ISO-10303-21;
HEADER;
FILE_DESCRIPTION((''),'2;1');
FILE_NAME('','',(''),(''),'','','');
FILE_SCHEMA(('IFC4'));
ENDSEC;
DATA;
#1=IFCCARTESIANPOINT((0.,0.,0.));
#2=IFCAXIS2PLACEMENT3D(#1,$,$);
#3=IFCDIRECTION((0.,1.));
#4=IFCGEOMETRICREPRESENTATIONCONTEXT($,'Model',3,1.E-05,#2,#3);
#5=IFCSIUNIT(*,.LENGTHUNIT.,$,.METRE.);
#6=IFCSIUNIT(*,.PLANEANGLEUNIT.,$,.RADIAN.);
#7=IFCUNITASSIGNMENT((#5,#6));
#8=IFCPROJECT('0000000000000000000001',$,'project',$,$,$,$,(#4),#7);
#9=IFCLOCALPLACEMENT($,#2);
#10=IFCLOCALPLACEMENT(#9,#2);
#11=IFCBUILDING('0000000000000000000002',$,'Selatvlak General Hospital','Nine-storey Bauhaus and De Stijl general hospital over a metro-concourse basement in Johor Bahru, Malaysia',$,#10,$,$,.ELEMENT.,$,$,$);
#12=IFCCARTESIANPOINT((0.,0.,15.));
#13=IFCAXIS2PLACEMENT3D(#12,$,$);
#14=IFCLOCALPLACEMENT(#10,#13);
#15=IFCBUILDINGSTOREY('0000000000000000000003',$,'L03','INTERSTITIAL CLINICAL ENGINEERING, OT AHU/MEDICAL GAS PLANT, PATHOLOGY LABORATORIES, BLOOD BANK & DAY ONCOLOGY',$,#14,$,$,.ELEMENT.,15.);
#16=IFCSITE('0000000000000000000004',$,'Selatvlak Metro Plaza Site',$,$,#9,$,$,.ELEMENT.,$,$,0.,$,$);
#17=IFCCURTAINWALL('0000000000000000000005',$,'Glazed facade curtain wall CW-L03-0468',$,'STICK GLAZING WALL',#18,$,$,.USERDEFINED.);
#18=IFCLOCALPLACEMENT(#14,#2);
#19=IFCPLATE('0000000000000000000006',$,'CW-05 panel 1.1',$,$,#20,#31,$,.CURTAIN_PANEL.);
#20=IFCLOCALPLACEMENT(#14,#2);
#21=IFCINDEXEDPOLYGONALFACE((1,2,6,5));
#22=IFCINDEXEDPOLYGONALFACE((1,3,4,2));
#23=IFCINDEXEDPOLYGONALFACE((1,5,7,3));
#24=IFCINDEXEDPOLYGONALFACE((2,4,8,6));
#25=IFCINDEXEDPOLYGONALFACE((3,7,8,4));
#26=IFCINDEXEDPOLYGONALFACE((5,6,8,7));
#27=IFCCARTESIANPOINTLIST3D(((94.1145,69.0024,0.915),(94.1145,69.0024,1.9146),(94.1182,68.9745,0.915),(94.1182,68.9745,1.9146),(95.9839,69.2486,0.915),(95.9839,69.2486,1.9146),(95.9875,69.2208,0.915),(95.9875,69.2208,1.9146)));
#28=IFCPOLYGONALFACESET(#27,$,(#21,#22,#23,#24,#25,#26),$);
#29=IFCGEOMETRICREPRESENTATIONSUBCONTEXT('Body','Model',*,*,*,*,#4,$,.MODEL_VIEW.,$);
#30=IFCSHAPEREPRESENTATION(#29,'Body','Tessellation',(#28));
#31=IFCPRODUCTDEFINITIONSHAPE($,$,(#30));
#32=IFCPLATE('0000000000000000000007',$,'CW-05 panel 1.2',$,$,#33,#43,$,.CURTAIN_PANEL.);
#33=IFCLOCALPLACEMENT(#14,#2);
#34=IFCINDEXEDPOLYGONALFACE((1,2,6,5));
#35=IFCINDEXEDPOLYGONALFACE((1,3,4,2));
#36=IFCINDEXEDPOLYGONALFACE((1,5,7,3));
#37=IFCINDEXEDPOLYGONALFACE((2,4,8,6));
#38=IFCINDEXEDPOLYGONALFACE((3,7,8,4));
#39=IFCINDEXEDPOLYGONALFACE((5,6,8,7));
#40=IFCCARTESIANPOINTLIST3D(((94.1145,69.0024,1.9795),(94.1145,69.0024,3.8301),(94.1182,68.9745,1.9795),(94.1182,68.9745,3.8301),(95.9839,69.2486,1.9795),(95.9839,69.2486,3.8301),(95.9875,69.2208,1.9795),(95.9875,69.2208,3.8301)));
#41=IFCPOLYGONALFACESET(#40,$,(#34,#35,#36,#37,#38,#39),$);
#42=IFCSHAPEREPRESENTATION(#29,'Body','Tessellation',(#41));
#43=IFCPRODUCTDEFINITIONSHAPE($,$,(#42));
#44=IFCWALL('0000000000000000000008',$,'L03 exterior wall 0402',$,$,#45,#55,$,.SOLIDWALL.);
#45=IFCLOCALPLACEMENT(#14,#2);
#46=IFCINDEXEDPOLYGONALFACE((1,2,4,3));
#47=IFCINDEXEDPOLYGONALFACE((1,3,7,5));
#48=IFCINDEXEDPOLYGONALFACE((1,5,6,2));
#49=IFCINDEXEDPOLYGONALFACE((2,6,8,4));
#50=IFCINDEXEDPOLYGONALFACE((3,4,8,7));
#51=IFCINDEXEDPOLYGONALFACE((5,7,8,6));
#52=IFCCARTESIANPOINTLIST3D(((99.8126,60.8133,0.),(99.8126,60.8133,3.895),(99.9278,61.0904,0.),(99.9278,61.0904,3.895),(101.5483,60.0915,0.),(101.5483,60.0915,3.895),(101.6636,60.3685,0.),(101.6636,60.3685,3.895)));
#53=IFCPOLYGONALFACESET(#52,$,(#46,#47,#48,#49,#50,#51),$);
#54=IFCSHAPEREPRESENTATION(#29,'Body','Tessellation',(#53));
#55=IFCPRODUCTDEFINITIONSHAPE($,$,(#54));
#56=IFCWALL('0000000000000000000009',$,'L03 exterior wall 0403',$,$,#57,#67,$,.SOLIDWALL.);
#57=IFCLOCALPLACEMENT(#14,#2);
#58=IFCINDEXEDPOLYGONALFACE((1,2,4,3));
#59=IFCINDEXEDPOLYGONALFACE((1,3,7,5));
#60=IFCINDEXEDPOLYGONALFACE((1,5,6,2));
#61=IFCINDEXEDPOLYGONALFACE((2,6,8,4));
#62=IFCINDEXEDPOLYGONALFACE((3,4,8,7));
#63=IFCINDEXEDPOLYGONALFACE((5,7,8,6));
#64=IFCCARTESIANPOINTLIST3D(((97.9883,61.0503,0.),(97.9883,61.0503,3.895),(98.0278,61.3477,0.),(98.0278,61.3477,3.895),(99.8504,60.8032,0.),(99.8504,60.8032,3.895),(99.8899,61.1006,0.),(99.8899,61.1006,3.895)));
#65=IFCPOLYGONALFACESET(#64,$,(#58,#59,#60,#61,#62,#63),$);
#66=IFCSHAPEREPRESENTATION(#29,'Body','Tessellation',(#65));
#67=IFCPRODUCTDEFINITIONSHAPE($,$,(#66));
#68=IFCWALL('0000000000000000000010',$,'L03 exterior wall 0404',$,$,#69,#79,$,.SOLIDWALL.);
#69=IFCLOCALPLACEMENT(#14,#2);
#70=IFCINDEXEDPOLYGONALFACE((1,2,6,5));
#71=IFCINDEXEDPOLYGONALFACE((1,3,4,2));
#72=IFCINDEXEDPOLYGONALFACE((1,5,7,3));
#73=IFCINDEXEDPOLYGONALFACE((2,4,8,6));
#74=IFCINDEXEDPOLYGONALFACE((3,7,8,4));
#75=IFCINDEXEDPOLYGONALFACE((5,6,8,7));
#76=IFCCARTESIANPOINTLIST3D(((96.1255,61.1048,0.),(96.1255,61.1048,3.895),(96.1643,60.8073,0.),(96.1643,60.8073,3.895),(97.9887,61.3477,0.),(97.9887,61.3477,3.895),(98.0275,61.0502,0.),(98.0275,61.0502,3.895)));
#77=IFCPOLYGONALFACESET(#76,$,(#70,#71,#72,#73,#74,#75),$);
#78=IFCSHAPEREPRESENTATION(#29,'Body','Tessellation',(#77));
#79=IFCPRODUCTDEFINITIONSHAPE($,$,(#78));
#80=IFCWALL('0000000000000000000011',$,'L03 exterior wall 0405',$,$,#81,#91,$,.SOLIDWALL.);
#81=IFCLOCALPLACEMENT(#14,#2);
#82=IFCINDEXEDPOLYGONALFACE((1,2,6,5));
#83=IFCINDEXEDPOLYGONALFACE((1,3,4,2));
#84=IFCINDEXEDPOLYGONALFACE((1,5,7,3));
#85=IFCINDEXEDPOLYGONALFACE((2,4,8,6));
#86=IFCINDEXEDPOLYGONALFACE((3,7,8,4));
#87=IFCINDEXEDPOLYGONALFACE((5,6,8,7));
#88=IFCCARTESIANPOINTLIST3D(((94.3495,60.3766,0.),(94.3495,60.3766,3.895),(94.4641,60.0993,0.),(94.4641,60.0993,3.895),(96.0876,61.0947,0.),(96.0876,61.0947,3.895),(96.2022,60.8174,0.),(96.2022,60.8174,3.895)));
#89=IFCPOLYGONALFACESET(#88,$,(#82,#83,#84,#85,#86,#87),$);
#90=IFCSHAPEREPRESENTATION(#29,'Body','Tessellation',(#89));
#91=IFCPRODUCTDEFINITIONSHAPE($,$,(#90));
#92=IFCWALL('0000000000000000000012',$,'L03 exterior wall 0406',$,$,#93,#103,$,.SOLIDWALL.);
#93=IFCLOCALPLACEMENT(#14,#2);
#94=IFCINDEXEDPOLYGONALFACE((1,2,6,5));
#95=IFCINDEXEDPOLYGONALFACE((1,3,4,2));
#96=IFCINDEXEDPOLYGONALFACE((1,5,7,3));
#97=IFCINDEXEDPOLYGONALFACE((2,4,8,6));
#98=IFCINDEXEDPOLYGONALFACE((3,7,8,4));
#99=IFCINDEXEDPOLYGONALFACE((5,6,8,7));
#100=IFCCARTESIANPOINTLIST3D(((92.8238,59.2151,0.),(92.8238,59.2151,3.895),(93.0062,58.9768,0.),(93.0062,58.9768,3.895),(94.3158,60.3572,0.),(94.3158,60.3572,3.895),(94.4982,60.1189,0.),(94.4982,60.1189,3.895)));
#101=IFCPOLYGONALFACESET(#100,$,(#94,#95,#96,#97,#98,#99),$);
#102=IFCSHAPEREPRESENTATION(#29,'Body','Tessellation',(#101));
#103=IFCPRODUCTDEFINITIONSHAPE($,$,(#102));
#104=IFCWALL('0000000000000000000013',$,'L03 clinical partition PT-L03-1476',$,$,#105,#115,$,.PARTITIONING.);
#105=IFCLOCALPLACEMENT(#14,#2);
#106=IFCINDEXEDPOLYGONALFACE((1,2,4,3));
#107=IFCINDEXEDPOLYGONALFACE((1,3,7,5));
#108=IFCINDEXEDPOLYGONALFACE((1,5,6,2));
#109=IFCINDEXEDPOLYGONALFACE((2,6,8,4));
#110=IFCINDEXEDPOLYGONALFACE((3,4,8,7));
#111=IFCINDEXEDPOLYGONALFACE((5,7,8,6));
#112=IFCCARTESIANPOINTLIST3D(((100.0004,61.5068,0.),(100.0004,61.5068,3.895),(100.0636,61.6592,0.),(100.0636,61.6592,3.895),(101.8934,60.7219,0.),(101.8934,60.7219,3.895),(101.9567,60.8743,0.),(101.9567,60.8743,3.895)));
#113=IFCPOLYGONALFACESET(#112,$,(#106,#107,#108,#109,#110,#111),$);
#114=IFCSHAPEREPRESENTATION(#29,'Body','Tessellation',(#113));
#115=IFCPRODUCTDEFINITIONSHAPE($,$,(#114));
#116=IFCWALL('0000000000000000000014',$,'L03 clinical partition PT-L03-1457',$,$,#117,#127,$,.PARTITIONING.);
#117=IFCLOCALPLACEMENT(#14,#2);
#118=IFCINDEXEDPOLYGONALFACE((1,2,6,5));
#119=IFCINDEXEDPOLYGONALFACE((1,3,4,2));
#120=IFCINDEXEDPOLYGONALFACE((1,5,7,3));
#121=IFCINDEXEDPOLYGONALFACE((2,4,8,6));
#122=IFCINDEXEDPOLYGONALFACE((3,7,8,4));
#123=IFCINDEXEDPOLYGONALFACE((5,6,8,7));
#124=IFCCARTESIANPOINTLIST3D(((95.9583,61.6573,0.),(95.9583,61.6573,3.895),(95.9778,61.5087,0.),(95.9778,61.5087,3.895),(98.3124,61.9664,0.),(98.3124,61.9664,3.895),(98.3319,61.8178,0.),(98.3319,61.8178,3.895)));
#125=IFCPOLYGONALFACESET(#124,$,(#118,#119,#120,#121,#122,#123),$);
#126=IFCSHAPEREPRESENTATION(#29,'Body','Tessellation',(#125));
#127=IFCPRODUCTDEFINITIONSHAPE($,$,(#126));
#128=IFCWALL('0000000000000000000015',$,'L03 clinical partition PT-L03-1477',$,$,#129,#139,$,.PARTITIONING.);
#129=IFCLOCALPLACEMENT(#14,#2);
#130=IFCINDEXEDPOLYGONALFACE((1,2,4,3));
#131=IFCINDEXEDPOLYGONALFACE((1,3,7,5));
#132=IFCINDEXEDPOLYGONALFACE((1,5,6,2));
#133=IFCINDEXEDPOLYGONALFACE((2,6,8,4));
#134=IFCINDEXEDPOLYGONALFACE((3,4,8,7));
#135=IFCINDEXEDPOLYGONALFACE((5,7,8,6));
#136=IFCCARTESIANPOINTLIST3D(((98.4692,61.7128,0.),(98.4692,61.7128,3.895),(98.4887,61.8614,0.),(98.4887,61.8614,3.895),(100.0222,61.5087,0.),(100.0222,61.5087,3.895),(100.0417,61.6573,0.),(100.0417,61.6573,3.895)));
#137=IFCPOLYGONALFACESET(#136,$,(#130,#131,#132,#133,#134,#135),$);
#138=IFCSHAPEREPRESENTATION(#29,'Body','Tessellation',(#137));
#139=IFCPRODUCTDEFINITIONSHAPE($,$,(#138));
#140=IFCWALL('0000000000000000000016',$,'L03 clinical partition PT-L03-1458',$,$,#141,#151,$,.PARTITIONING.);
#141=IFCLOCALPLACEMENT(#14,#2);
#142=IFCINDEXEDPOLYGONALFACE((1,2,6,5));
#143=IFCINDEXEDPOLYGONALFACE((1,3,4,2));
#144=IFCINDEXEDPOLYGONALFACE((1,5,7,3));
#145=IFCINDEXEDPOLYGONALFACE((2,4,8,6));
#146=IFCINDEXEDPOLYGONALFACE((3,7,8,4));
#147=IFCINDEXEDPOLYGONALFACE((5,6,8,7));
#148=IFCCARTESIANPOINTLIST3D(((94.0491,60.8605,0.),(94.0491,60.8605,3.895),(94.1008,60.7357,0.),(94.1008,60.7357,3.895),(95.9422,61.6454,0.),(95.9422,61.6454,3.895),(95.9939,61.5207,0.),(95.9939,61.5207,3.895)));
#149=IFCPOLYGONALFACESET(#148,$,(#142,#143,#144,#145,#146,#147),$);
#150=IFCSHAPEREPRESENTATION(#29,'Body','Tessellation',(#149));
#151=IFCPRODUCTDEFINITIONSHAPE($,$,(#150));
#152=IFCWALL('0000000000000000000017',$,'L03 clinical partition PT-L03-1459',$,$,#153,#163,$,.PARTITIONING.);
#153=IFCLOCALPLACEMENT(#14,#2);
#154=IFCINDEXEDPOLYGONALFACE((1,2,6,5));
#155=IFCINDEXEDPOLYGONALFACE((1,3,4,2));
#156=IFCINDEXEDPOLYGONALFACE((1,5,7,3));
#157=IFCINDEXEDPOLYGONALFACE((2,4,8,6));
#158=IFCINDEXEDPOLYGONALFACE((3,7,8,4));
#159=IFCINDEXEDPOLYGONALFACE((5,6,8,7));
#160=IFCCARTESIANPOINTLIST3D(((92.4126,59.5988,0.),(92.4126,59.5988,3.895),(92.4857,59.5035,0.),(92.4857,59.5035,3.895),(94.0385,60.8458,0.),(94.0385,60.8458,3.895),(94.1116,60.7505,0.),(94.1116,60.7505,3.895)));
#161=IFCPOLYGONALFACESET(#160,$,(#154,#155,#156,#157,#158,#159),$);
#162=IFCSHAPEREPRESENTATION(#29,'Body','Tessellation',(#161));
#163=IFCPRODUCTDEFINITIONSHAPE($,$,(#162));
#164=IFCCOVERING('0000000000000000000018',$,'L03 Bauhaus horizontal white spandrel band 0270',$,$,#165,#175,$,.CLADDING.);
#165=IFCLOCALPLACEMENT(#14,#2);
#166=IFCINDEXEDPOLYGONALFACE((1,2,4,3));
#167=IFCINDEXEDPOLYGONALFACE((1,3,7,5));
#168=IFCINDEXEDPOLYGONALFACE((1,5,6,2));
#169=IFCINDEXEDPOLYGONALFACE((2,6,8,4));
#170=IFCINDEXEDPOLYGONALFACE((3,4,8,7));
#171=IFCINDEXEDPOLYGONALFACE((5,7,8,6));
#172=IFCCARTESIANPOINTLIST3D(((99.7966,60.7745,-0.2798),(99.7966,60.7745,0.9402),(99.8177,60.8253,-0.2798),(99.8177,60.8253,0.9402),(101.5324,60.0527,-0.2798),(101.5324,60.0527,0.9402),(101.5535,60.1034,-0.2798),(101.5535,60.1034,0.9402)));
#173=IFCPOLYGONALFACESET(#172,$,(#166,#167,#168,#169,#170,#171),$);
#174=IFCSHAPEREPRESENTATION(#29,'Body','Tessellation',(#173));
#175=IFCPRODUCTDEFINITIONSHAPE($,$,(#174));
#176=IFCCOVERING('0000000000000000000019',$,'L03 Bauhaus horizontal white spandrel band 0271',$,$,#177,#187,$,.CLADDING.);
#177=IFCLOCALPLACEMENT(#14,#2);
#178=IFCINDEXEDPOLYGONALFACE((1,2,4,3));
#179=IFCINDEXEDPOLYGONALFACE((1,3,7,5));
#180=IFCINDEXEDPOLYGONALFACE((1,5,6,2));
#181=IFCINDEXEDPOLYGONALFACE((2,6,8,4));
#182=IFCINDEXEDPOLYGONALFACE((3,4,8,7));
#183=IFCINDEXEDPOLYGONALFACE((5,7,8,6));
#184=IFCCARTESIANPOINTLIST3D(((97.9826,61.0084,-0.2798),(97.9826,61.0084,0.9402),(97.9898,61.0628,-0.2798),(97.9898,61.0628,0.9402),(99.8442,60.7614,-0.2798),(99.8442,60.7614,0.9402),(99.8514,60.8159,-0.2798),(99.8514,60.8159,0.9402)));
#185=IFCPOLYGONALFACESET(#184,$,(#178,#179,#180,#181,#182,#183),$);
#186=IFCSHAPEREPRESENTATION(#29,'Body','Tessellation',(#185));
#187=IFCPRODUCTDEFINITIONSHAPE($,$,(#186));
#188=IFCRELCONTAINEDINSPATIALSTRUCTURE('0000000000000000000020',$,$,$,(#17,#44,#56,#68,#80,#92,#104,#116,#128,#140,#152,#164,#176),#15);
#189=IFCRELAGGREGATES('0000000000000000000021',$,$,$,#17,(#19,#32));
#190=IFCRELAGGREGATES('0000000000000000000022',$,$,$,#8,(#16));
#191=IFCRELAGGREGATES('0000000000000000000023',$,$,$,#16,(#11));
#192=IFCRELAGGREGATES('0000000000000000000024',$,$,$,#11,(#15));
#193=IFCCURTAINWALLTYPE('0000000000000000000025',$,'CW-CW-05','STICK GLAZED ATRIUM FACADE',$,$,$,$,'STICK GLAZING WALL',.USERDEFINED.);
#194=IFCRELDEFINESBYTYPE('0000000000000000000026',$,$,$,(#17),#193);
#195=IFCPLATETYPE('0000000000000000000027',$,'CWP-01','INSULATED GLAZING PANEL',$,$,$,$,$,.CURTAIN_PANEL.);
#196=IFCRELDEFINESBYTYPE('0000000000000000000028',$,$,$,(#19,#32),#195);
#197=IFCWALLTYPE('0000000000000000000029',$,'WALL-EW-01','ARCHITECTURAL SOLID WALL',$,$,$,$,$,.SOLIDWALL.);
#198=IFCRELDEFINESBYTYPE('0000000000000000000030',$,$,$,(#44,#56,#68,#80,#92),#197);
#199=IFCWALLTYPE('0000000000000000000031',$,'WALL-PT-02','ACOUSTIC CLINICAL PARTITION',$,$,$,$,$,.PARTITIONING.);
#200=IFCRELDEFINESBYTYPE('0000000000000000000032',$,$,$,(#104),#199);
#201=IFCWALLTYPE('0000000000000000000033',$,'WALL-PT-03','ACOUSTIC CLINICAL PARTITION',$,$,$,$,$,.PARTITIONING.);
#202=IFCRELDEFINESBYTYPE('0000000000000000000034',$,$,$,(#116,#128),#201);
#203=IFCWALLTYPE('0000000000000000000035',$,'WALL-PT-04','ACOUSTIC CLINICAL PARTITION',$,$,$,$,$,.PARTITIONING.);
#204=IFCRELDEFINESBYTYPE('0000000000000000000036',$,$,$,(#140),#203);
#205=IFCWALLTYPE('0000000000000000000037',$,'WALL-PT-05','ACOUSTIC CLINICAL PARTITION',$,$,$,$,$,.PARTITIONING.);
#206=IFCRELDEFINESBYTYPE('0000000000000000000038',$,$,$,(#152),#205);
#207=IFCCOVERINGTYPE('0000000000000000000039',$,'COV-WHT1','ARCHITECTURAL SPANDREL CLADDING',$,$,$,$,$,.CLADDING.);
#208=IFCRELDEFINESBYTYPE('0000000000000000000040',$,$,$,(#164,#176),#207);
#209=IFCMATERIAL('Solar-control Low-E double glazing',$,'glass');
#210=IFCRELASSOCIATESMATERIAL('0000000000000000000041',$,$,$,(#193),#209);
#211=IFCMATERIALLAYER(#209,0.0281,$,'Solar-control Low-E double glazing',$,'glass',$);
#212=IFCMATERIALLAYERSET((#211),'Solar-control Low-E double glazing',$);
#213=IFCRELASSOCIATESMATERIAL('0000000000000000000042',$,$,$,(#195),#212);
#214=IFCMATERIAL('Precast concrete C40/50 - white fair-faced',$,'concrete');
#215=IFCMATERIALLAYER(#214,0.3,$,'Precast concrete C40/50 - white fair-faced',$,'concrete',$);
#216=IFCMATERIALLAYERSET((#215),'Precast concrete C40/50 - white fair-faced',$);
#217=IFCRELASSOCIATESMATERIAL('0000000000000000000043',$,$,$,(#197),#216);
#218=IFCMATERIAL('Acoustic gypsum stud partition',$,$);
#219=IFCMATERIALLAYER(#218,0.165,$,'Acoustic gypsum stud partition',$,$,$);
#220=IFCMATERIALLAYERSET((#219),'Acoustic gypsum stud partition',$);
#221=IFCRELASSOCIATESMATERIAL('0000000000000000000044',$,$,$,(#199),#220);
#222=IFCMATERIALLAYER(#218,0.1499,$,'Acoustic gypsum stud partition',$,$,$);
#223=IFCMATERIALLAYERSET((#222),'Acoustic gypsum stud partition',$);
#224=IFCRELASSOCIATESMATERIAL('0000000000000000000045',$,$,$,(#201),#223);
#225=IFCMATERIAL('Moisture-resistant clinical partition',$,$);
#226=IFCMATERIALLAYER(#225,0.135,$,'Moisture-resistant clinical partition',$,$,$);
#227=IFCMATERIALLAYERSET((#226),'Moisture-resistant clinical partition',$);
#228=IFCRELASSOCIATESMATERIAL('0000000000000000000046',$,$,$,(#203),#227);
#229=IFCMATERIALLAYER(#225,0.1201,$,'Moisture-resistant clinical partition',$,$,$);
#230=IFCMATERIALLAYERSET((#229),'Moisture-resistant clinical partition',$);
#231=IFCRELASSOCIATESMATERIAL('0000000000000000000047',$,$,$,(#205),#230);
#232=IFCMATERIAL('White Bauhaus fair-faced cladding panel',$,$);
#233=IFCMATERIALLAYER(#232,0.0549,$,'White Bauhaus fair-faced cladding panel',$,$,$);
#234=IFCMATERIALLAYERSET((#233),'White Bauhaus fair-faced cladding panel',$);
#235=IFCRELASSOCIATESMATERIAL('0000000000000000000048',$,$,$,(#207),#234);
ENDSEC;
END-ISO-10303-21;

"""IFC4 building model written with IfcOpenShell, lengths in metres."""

from ifc_helpers import new_model, si_unit, direction, frame, frame_2d, origin, origin_2d, place, context, subcontext, project, spatial, rectangle, extrude, material, layer, layer_set, type_object, element, aggregate, save


model = new_model("IFC4")

# Units and contexts
model_context = context("Model", 3, precision=1e-05, world=origin(), true_north=direction((0.0, 1.0)))
body_context = subcontext(model_context, "Body", "Model", "MODEL_VIEW")
ifc_project = project(units=[si_unit("LENGTHUNIT", "METRE"), si_unit("PLANEANGLEUNIT", "RADIAN")], contexts=[model_context])

# Site, building, storey
site_placement = place(None, origin())
site = spatial("IfcSite", under=ifc_project, at=site_placement, Name="Selatvlak Metro Plaza Site", CompositionType="ELEMENT", RefElevation=0.0)
building_placement = place(site_placement, origin())
building = spatial("IfcBuilding", under=site, at=building_placement, Name="Selatvlak General Hospital", Description="Nine-storey Bauhaus and De Stijl general hospital over a metro-concourse basement in Johor Bahru, Malaysia", CompositionType="ELEMENT")
storey_placement = place(building_placement, frame((0.0, 0.0, 15.0)))
storey = spatial("IfcBuildingStorey", under=building, at=storey_placement, Name="L03", Description="INTERSTITIAL CLINICAL ENGINEERING, OT AHU/MEDICAL GAS PLANT, PATHOLOGY LABORATORIES, BLOOD BANK & DAY ONCOLOGY", CompositionType="ELEMENT", Elevation=15.0)

# Shared definitions
ifc_material_1 = material(Name="Solar-control Low-E double glazing", Category="glass")

# Curtain wall
curtain_wall_type_1 = type_object("IfcCurtainWallType", Name="CW-CW-05", Description="STICK GLAZED ATRIUM FACADE", ElementType="STICK GLAZING WALL", PredefinedType="USERDEFINED", material=ifc_material_1)
curtain_wall_1_placement = place(storey_placement, origin())
curtain_wall_1 = element("IfcCurtainWall", 1, at=curtain_wall_1_placement, inside=storey, type_object=curtain_wall_type_1, Name="Glazed facade curtain wall CW-L03-0468", ObjectType="STICK GLAZING WALL", PredefinedType="USERDEFINED")

# Plates
ifc_layer_1 = layer(ifc_material_1, 0.0281, Name="Solar-control Low-E double glazing", Category="glass")
ifc_layer_set_1 = layer_set([ifc_layer_1], Name="Solar-control Low-E double glazing")
plate_type = type_object("IfcPlateType", Name="CWP-01", Description="INSULATED GLAZING PANEL", PredefinedType="CURTAIN_PANEL", material=ifc_layer_set_1)
plate_1_placement = place(storey_placement, frame((95.051, 69.1116, 0.915), z_axis=(0.0, 0.0, 1.0), x_axis=(0.991434, 0.130611, 0.0)))
plate_1 = element("IfcPlate", 2, at=plate_1_placement, type_object=plate_type, Name="CW-05 panel 1.1", PredefinedType="CURTAIN_PANEL", context=body_context, shape_type="SweptSolid", body=[
    extrude(rectangle(XDim=1.8855, YDim=0.0281, at=origin_2d()), origin(), (0.0, 0.0, 1.0), 0.9995),
])
plate_2_placement = place(storey_placement, frame((95.051, 69.1116, 1.9795), z_axis=(0.0, 0.0, 1.0), x_axis=(0.991434, 0.130611, 0.0)))
plate_2 = element("IfcPlate", 3, at=plate_2_placement, type_object=plate_type, Name="CW-05 panel 1.2", PredefinedType="CURTAIN_PANEL", context=body_context, shape_type="SweptSolid", body=[
    extrude(rectangle(XDim=1.8855, YDim=0.0281, at=origin_2d()), origin(), (0.0, 0.0, 1.0), 1.8506),
])
aggregate(curtain_wall_1, [plate_1, plate_2])

# Walls
ifc_material_2 = material(Name="Precast concrete C40/50 - white fair-faced", Category="concrete")
ifc_layer_2 = layer(ifc_material_2, 0.3, Name="Precast concrete C40/50 - white fair-faced", Category="concrete")
ifc_layer_set_2 = layer_set([ifc_layer_2], Name="Precast concrete C40/50 - white fair-faced")
wall_type_1 = type_object("IfcWallType", Name="WALL-EW-01", Description="ARCHITECTURAL SOLID WALL", PredefinedType="SOLIDWALL", material=ifc_layer_set_2)
wall_1_placement = place(storey_placement, frame((101.606, 60.23, 0.0), z_axis=(0.0, 0.0, 1.0), x_axis=(-0.92333, 0.384007, 0.0)))
element("IfcWall", 4, at=wall_1_placement, inside=storey, type_object=wall_type_1, Name="L03 exterior wall 0402", PredefinedType="SOLIDWALL", context=body_context, shape_type="SweptSolid", body=[
    extrude(rectangle(XDim=1.8799, YDim=0.3, at=frame_2d((0.9399, 0.0))), origin(), (0.0, 0.0, 1.0), 3.895),
])
wall_2_placement = place(storey_placement, frame((99.8701, 60.9519, 0.0), z_axis=(0.0, 0.0, 1.0), x_axis=(-0.991312, 0.131534, 0.0)))
element("IfcWall", 5, at=wall_2_placement, inside=storey, type_object=wall_type_1, Name="L03 exterior wall 0403", PredefinedType="SOLIDWALL", context=body_context, shape_type="SweptSolid", body=[
    extrude(rectangle(XDim=1.8784, YDim=0.3, at=frame_2d((0.9392, 0.0))), origin(), (0.0, 0.0, 1.0), 3.895),
])
wall_3_placement = place(storey_placement, frame((98.0081, 61.199, 0.0), z_axis=(0.0, 0.0, 1.0), x_axis=(-0.991606, -0.129295, 0.0)))
element("IfcWall", 6, at=wall_3_placement, inside=storey, type_object=wall_type_1, Name="L03 exterior wall 0404", PredefinedType="SOLIDWALL", context=body_context, shape_type="SweptSolid", body=[
    extrude(rectangle(XDim=1.8789, YDim=0.3, at=frame_2d((0.9395, 0.0))), origin(), (0.0, 0.0, 1.0), 3.895),
])
wall_4_placement = place(storey_placement, frame((96.145, 60.9561, 0.0), z_axis=(0.0, 0.0, 1.0), x_axis=(-0.924237, -0.38182, 0.0)))
element("IfcWall", 7, at=wall_4_placement, inside=storey, type_object=wall_type_1, Name="L03 exterior wall 0405", PredefinedType="SOLIDWALL", context=body_context, shape_type="SweptSolid", body=[
    extrude(rectangle(XDim=1.8806, YDim=0.3, at=frame_2d((0.9404, 0.0))), origin(), (0.0, 0.0, 1.0), 3.895),
])
wall_5_placement = place(storey_placement, frame((94.407, 60.238, 0.0), z_axis=(0.0, 0.0, 1.0), x_axis=(-0.794052, -0.60785, 0.0)))
element("IfcWall", 8, at=wall_5_placement, inside=storey, type_object=wall_type_1, Name="L03 exterior wall 0406", PredefinedType="SOLIDWALL", context=body_context, shape_type="SweptSolid", body=[
    extrude(rectangle(XDim=1.8789, YDim=0.3, at=frame_2d((0.9395, 0.0))), origin(), (0.0, 0.0, 1.0), 3.895),
])
ifc_material_3 = material(Name="Acoustic gypsum stud partition")
ifc_layer_3 = layer(ifc_material_3, 0.165, Name="Acoustic gypsum stud partition")
ifc_layer_set_3 = layer_set([ifc_layer_3], Name="Acoustic gypsum stud partition")
wall_type_2 = type_object("IfcWallType", Name="WALL-PT-02", Description="ACOUSTIC CLINICAL PARTITION", PredefinedType="PARTITIONING", material=ifc_layer_set_3)
wall_6_placement = place(storey_placement, frame((101.925, 60.7981, 0.0), z_axis=(0.0, 0.0, 1.0), x_axis=(-0.923745, 0.383008, 0.0)))
element("IfcWall", 9, at=wall_6_placement, inside=storey, type_object=wall_type_2, Name="L03 clinical partition PT-L03-1476", PredefinedType="PARTITIONING", context=body_context, shape_type="SweptSolid", body=[
    extrude(rectangle(XDim=2.0493, YDim=0.165, at=frame_2d((1.0247, 0.0))), origin(), (0.0, 0.0, 1.0), 3.895),
])
ifc_layer_4 = layer(ifc_material_3, 0.1499, Name="Acoustic gypsum stud partition")
ifc_layer_set_4 = layer_set([ifc_layer_4], Name="Acoustic gypsum stud partition")
wall_type_3 = type_object("IfcWallType", Name="WALL-PT-03", Description="ACOUSTIC CLINICAL PARTITION", PredefinedType="PARTITIONING", material=ifc_layer_set_4)
wall_7_placement = place(storey_placement, frame((98.322, 61.8921, 0.0), z_axis=(0.0, 0.0, 1.0), x_axis=(-0.99149, -0.130183, 0.0)))
element("IfcWall", 10, at=wall_7_placement, inside=storey, type_object=wall_type_3, Name="L03 clinical partition PT-L03-1457", PredefinedType="PARTITIONING", context=body_context, shape_type="SweptSolid", body=[
    extrude(rectangle(XDim=2.3743, YDim=0.1499, at=frame_2d((1.187, 0.0))), origin(), (0.0, 0.0, 1.0), 3.895),
])
wall_8_placement = place(storey_placement, frame((100.032, 61.583, 0.0), z_axis=(0.0, 0.0, 1.0), x_axis=(-0.991474, 0.130305, 0.0)))
element("IfcWall", 11, at=wall_8_placement, inside=storey, type_object=wall_type_3, Name="L03 clinical partition PT-L03-1477", PredefinedType="PARTITIONING", context=body_context, shape_type="SweptSolid", body=[
    extrude(rectangle(XDim=1.5664, YDim=0.1499, at=frame_2d((0.7832, 0.0))), origin(), (0.0, 0.0, 1.0), 3.895),
])
ifc_material_4 = material(Name="Moisture-resistant clinical partition")
ifc_layer_5 = layer(ifc_material_4, 0.135, Name="Moisture-resistant clinical partition")
ifc_layer_set_5 = layer_set([ifc_layer_5], Name="Moisture-resistant clinical partition")
wall_type_4 = type_object("IfcWallType", Name="WALL-PT-04", Description="ACOUSTIC CLINICAL PARTITION", PredefinedType="PARTITIONING", material=ifc_layer_set_5)
wall_9_placement = place(storey_placement, frame((95.968, 61.583, 0.0), z_axis=(0.0, 0.0, 1.0), x_axis=(-0.923745, -0.383008, 0.0)))
element("IfcWall", 12, at=wall_9_placement, inside=storey, type_object=wall_type_4, Name="L03 clinical partition PT-L03-1458", PredefinedType="PARTITIONING", context=body_context, shape_type="SweptSolid", body=[
    extrude(rectangle(XDim=2.0493, YDim=0.135, at=frame_2d((1.0247, 0.0))), origin(), (0.0, 0.0, 1.0), 3.895),
])
ifc_layer_6 = layer(ifc_material_4, 0.1201, Name="Moisture-resistant clinical partition")
ifc_layer_set_6 = layer_set([ifc_layer_6], Name="Moisture-resistant clinical partition")
wall_type_5 = type_object("IfcWallType", Name="WALL-PT-05", Description="ACOUSTIC CLINICAL PARTITION", PredefinedType="PARTITIONING", material=ifc_layer_set_6)
wall_10_placement = place(storey_placement, frame((94.075, 60.7981, 0.0), z_axis=(0.0, 0.0, 1.0), x_axis=(-0.793491, -0.608582, 0.0)))
element("IfcWall", 13, at=wall_10_placement, inside=storey, type_object=wall_type_5, Name="L03 clinical partition PT-L03-1459", PredefinedType="PARTITIONING", context=body_context, shape_type="SweptSolid", body=[
    extrude(rectangle(XDim=2.0491, YDim=0.1201, at=frame_2d((1.0244, 0.0))), origin(), (0.0, 0.0, 1.0), 3.895),
])

# Coverings
ifc_material_5 = material(Name="White Bauhaus fair-faced cladding panel")
ifc_layer_7 = layer(ifc_material_5, 0.0549, Name="White Bauhaus fair-faced cladding panel")
ifc_layer_set_7 = layer_set([ifc_layer_7], Name="White Bauhaus fair-faced cladding panel")
covering_type = type_object("IfcCoveringType", Name="COV-WHT1", Description="ARCHITECTURAL SPANDREL CLADDING", PredefinedType="CLADDING", material=ifc_layer_set_7)
covering_1_placement = place(storey_placement, frame((100.675, 60.439, -0.2798), z_axis=(0.0, 0.0, 1.0), x_axis=(-0.923331, 0.384005, 0.0)))
element("IfcCovering", 14, at=covering_1_placement, inside=storey, type_object=covering_type, Name="L03 Bauhaus horizontal white spandrel band 0270", PredefinedType="CLADDING", context=body_context, shape_type="SweptSolid", body=[
    extrude(rectangle(XDim=1.8799, YDim=0.0549, at=origin_2d()), origin(), (0.0, 0.0, 1.0), 1.22),
])
covering_2_placement = place(storey_placement, frame((98.917, 60.9121, -0.2798), z_axis=(0.0, 0.0, 1.0), x_axis=(-0.991317, 0.131495, 0.0)))
element("IfcCovering", 15, at=covering_2_placement, inside=storey, type_object=covering_type, Name="L03 Bauhaus horizontal white spandrel band 0271", PredefinedType="CLADDING", context=body_context, shape_type="SweptSolid", body=[
    extrude(rectangle(XDim=1.8779, YDim=0.0549, at=origin_2d()), origin(), (0.0, 0.0, 1.0), 1.22),
])

save(model, "model.ifc")
